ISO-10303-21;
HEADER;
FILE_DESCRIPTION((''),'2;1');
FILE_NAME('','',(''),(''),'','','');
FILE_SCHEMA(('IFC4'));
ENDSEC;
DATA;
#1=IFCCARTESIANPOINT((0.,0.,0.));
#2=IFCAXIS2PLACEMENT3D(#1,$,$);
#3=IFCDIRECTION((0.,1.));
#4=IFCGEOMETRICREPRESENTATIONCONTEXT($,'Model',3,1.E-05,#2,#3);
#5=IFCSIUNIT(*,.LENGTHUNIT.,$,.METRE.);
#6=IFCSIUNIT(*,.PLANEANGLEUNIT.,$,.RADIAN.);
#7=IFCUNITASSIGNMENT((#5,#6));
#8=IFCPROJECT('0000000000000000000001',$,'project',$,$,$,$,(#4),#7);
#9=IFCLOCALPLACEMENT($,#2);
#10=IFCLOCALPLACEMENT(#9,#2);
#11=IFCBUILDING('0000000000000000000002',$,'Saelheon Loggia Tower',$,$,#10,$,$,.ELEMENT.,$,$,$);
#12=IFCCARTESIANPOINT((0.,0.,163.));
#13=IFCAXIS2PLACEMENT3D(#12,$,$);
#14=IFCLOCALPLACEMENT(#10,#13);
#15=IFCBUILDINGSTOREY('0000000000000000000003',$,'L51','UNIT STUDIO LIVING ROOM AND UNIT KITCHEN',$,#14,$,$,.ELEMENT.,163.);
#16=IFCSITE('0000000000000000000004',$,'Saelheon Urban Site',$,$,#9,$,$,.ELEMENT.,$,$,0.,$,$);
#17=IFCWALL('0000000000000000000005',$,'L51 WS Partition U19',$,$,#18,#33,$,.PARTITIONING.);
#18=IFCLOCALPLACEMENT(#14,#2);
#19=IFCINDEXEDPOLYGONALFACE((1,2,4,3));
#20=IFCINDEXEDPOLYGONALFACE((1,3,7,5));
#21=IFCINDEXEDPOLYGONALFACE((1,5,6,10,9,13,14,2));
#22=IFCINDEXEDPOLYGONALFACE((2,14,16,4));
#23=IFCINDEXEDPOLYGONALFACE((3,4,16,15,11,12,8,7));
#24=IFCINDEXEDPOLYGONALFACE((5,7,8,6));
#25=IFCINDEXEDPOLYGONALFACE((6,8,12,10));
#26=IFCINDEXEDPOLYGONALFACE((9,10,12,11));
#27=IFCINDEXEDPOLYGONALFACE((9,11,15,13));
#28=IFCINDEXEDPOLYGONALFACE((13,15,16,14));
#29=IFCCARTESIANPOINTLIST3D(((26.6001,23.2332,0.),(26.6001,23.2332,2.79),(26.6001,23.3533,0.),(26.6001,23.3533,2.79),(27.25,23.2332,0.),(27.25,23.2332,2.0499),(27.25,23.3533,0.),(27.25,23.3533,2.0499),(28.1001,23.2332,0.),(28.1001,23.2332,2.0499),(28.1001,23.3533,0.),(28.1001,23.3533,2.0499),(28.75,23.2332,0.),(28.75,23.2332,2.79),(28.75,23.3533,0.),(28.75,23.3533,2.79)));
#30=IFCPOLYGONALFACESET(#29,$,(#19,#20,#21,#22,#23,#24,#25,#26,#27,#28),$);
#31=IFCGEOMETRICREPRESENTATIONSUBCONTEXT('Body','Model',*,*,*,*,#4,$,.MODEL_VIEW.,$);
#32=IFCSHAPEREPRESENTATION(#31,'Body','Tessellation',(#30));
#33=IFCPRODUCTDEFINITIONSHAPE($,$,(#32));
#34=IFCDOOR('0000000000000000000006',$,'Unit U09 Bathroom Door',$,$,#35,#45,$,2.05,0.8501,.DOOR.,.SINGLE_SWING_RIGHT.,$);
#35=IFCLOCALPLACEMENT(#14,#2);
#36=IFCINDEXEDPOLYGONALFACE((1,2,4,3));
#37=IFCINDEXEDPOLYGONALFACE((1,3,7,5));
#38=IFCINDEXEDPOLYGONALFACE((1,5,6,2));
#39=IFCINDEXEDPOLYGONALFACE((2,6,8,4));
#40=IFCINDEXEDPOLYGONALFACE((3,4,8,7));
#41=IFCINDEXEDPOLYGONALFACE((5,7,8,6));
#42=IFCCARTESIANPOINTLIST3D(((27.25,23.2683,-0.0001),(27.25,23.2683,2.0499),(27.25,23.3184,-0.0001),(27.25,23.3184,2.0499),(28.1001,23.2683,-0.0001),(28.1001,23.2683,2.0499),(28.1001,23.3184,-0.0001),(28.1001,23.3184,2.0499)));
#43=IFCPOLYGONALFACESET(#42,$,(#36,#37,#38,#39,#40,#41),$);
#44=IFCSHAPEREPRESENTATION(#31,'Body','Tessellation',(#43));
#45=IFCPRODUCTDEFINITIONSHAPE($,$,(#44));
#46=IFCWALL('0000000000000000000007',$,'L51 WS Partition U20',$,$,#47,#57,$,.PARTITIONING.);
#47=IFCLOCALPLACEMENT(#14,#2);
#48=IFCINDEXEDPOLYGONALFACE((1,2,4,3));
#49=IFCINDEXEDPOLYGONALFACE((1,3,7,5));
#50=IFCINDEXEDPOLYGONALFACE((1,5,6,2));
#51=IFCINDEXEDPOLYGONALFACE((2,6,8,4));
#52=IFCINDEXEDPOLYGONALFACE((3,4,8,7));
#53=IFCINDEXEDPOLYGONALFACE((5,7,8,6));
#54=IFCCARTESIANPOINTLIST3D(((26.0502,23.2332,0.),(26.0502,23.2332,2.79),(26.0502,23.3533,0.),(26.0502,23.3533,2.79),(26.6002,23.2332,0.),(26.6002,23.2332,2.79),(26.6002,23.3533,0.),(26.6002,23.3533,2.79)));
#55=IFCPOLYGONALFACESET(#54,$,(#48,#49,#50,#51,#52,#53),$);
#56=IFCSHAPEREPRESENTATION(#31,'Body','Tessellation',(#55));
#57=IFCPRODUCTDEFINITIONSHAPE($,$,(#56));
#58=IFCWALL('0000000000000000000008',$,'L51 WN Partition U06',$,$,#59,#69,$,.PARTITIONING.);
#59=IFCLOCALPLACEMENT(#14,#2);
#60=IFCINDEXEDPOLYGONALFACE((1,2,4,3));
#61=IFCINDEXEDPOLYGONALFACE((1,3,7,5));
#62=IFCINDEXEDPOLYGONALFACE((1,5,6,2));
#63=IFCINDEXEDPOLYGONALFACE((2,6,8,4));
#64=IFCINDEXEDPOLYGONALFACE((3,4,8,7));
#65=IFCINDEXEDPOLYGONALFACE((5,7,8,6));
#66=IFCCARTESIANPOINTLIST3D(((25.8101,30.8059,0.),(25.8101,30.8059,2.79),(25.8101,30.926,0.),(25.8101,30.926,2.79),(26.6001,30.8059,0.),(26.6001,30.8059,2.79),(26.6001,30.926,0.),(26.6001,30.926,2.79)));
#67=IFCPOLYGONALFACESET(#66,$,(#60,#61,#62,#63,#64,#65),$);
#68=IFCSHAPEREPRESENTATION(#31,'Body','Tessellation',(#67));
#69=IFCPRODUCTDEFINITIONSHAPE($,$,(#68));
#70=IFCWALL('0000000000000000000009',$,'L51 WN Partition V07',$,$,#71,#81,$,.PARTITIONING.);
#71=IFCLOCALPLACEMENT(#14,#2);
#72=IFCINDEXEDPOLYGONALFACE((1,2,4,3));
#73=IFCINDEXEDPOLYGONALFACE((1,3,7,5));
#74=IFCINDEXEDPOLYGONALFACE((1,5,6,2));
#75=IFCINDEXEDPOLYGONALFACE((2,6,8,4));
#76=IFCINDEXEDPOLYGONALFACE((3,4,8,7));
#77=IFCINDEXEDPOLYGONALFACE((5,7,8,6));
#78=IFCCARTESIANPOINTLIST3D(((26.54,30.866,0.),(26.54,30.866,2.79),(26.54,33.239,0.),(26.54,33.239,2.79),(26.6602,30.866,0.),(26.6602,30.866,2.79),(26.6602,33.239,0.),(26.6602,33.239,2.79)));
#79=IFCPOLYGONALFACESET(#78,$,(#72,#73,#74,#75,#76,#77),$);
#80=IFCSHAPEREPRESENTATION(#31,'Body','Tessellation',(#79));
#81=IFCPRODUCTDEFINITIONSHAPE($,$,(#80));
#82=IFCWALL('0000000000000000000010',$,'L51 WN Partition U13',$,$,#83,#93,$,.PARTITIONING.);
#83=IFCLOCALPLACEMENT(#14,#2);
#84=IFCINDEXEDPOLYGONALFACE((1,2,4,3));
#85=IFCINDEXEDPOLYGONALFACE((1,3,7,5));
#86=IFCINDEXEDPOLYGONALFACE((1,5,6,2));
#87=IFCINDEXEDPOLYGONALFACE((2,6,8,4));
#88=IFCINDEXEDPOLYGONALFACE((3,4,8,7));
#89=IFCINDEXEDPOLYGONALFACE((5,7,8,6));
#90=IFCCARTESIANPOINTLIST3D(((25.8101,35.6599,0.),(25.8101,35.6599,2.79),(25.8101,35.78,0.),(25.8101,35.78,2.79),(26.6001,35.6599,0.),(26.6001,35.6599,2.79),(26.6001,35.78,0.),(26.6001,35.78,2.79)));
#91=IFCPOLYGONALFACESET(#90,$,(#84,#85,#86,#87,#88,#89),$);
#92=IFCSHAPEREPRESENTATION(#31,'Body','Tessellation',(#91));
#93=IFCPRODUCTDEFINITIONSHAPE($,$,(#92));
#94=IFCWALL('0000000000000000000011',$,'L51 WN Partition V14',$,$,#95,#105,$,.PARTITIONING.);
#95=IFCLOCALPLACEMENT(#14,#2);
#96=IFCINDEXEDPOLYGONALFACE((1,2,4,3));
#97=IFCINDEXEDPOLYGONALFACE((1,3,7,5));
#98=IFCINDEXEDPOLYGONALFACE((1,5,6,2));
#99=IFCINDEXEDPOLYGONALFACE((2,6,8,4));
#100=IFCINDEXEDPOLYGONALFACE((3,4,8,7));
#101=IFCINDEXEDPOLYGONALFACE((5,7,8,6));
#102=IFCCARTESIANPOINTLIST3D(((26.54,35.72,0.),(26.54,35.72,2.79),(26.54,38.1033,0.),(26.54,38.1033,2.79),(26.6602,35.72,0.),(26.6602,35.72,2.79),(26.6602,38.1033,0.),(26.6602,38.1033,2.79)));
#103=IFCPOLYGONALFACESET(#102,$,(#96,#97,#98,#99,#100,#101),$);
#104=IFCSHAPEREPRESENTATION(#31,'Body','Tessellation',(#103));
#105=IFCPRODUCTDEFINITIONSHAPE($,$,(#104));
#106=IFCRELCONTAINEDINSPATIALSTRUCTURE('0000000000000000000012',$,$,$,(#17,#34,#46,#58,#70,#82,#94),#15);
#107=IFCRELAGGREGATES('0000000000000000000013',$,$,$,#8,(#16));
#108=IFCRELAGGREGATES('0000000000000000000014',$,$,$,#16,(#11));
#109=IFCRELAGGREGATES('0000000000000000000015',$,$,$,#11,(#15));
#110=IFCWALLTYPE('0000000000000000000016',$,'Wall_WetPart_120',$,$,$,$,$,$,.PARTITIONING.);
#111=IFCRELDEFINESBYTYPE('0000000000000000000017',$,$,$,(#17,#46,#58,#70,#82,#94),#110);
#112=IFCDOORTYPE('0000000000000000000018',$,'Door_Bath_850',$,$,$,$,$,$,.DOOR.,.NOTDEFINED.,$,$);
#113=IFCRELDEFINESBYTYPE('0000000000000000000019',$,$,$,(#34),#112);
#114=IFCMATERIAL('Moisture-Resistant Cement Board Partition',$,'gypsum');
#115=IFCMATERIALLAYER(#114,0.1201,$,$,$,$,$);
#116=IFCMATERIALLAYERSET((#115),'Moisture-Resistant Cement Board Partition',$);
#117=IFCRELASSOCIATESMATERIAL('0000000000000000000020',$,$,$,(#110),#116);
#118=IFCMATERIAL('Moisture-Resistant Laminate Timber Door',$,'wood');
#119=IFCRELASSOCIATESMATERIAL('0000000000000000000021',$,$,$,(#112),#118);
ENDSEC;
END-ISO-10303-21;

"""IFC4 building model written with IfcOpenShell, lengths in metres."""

from ifc_helpers import new_model, si_unit, direction, frame, frame_2d, origin, place, context, subcontext, project, spatial, rectangle, extrude, source, transform, mapped, material, layer, layer_set, type_object, element, fill, save


model = new_model("IFC4")

# Units and contexts
model_context = context("Model", 3, precision=1e-05, world=origin(), true_north=direction((0.0, 1.0)))
body_context = subcontext(model_context, "Body", "Model", "MODEL_VIEW")
ifc_project = project(units=[si_unit("LENGTHUNIT", "METRE"), si_unit("PLANEANGLEUNIT", "RADIAN")], contexts=[model_context])

# Site, building, storey
site_placement = place(None, origin())
site = spatial("IfcSite", under=ifc_project, at=site_placement, Name="Saelheon Urban Site", CompositionType="ELEMENT", RefElevation=0.0)
building_placement = place(site_placement, origin())
building = spatial("IfcBuilding", under=site, at=building_placement, Name="Saelheon Loggia Tower", CompositionType="ELEMENT")
storey_placement = place(building_placement, frame((0.0, 0.0, 163.0)))
storey = spatial("IfcBuildingStorey", under=building, at=storey_placement, Name="L51", Description="UNIT STUDIO LIVING ROOM AND UNIT KITCHEN", CompositionType="ELEMENT", Elevation=163.0)

# Wall, opening, door
ifc_material_1 = material(Name="Moisture-Resistant Cement Board Partition", Category="gypsum")
ifc_layer_1 = layer(ifc_material_1, 0.1201)
ifc_layer_set_1 = layer_set([ifc_layer_1], Name="Moisture-Resistant Cement Board Partition")
wall_type_1 = type_object("IfcWallType", Name="Wall_WetPart_120", PredefinedType="PARTITIONING", material=ifc_layer_set_1)
wall_1_placement = place(storey_placement, frame((28.75, 23.2932, 0.0), z_axis=(0.0, 0.0, 1.0), x_axis=(-1.0, 0.0, 0.0)))
wall_1 = element("IfcWall", 1, at=wall_1_placement, inside=storey, type_object=wall_type_1, Name="L51 WS Partition U19", PredefinedType="PARTITIONING", context=body_context, shape_type="SweptSolid", body=[
    extrude(rectangle(XDim=2.1499, YDim=0.1201, at=frame_2d((1.075, 0.0))), origin(), (0.0, 0.0, 1.0), 2.79),
])
opening_1_placement = place(wall_1_placement, frame((0.6499, 0.0, 0.0)))
opening_1 = element("IfcOpeningElement", 2, at=opening_1_placement, cuts=wall_1, PredefinedType="OPENING", context=body_context, shape_type="SweptSolid", body=[
    extrude(rectangle(XDim=0.8501, YDim=2.05, at=frame_2d((0.425, 1.0249))), frame((0.0, 0.072, 0.0), z_axis=(0.0, -1.0, 0.0), x_axis=(1.0, 0.0, 0.0)), (0.0, 0.0, 1.0), 0.144),
])
ifc_material_2 = material(Name="Moisture-Resistant Laminate Timber Door", Category="wood")
door_type_1 = type_object("IfcDoorType", Name="Door_Bath_850", OperationType="NOTDEFINED", PredefinedType="DOOR", material=ifc_material_2)
shared_shape_1 = source(origin(), body_context, "Body", "SweptSolid", [
    extrude(rectangle(XDim=0.8501, YDim=2.05, at=frame_2d((0.425, 1.0249))), frame((0.0, 0.0249, 0.0), z_axis=(0.0, -1.0, 0.0), x_axis=(1.0, 0.0, 0.0)), (0.0, 0.0, 1.0), 0.05),
])
door_1_placement = place(opening_1_placement, origin())
door_1 = element("IfcDoor", 3, at=door_1_placement, inside=storey, type_object=door_type_1, Name="Unit U09 Bathroom Door", OperationType="SINGLE_SWING_RIGHT", OverallHeight=2.05, OverallWidth=0.8501, PredefinedType="DOOR", context=body_context, shape_type="MappedRepresentation", body=[
    mapped(shared_shape_1, transform((0.0, 0.0, 0.0), scale=1.0)),
])
fill(opening_1, door_1)

# Walls
wall_2_placement = place(storey_placement, frame((26.6001, 23.2932, 0.0), z_axis=(0.0, 0.0, 1.0), x_axis=(-1.0, 0.0, 0.0)))
element("IfcWall", 4, at=wall_2_placement, inside=storey, type_object=wall_type_1, Name="L51 WS Partition U20", PredefinedType="PARTITIONING", context=body_context, shape_type="SweptSolid", body=[
    extrude(rectangle(XDim=0.55, YDim=0.1201, at=frame_2d((0.2749, 0.0))), origin(), (0.0, 0.0, 1.0), 2.79),
])
wall_3_placement = place(storey_placement, frame((26.6001, 30.866, 0.0), z_axis=(0.0, 0.0, 1.0), x_axis=(-1.0, 0.0, 0.0)))
element("IfcWall", 5, at=wall_3_placement, inside=storey, type_object=wall_type_1, Name="L51 WN Partition U06", PredefinedType="PARTITIONING", context=body_context, shape_type="SweptSolid", body=[
    extrude(rectangle(XDim=0.79, YDim=0.1201, at=frame_2d((0.395, 0.0))), origin(), (0.0, 0.0, 1.0), 2.79),
])
wall_4_placement = place(storey_placement, frame((26.6001, 30.866, 0.0), z_axis=(0.0, 0.0, 1.0), x_axis=(0.0, 1.0, 0.0)))
element("IfcWall", 6, at=wall_4_placement, inside=storey, type_object=wall_type_1, Name="L51 WN Partition V07", PredefinedType="PARTITIONING", context=body_context, shape_type="SweptSolid", body=[
    extrude(rectangle(XDim=2.373, YDim=0.1201, at=frame_2d((1.1865, 0.0))), origin(), (0.0, 0.0, 1.0), 2.79),
])
wall_5_placement = place(storey_placement, frame((26.6001, 35.72, 0.0), z_axis=(0.0, 0.0, 1.0), x_axis=(-1.0, 0.0, 0.0)))
element("IfcWall", 7, at=wall_5_placement, inside=storey, type_object=wall_type_1, Name="L51 WN Partition U13", PredefinedType="PARTITIONING", context=body_context, shape_type="SweptSolid", body=[
    extrude(rectangle(XDim=0.79, YDim=0.1201, at=frame_2d((0.395, 0.0))), origin(), (0.0, 0.0, 1.0), 2.79),
])
wall_6_placement = place(storey_placement, frame((26.6001, 35.72, 0.0), z_axis=(0.0, 0.0, 1.0), x_axis=(0.0, 1.0, 0.0)))
element("IfcWall", 8, at=wall_6_placement, inside=storey, type_object=wall_type_1, Name="L51 WN Partition V14", PredefinedType="PARTITIONING", context=body_context, shape_type="SweptSolid", body=[
    extrude(rectangle(XDim=2.3833, YDim=0.1201, at=frame_2d((1.1917, 0.0))), origin(), (0.0, 0.0, 1.0), 2.79),
])

save(model, "model.ifc")
